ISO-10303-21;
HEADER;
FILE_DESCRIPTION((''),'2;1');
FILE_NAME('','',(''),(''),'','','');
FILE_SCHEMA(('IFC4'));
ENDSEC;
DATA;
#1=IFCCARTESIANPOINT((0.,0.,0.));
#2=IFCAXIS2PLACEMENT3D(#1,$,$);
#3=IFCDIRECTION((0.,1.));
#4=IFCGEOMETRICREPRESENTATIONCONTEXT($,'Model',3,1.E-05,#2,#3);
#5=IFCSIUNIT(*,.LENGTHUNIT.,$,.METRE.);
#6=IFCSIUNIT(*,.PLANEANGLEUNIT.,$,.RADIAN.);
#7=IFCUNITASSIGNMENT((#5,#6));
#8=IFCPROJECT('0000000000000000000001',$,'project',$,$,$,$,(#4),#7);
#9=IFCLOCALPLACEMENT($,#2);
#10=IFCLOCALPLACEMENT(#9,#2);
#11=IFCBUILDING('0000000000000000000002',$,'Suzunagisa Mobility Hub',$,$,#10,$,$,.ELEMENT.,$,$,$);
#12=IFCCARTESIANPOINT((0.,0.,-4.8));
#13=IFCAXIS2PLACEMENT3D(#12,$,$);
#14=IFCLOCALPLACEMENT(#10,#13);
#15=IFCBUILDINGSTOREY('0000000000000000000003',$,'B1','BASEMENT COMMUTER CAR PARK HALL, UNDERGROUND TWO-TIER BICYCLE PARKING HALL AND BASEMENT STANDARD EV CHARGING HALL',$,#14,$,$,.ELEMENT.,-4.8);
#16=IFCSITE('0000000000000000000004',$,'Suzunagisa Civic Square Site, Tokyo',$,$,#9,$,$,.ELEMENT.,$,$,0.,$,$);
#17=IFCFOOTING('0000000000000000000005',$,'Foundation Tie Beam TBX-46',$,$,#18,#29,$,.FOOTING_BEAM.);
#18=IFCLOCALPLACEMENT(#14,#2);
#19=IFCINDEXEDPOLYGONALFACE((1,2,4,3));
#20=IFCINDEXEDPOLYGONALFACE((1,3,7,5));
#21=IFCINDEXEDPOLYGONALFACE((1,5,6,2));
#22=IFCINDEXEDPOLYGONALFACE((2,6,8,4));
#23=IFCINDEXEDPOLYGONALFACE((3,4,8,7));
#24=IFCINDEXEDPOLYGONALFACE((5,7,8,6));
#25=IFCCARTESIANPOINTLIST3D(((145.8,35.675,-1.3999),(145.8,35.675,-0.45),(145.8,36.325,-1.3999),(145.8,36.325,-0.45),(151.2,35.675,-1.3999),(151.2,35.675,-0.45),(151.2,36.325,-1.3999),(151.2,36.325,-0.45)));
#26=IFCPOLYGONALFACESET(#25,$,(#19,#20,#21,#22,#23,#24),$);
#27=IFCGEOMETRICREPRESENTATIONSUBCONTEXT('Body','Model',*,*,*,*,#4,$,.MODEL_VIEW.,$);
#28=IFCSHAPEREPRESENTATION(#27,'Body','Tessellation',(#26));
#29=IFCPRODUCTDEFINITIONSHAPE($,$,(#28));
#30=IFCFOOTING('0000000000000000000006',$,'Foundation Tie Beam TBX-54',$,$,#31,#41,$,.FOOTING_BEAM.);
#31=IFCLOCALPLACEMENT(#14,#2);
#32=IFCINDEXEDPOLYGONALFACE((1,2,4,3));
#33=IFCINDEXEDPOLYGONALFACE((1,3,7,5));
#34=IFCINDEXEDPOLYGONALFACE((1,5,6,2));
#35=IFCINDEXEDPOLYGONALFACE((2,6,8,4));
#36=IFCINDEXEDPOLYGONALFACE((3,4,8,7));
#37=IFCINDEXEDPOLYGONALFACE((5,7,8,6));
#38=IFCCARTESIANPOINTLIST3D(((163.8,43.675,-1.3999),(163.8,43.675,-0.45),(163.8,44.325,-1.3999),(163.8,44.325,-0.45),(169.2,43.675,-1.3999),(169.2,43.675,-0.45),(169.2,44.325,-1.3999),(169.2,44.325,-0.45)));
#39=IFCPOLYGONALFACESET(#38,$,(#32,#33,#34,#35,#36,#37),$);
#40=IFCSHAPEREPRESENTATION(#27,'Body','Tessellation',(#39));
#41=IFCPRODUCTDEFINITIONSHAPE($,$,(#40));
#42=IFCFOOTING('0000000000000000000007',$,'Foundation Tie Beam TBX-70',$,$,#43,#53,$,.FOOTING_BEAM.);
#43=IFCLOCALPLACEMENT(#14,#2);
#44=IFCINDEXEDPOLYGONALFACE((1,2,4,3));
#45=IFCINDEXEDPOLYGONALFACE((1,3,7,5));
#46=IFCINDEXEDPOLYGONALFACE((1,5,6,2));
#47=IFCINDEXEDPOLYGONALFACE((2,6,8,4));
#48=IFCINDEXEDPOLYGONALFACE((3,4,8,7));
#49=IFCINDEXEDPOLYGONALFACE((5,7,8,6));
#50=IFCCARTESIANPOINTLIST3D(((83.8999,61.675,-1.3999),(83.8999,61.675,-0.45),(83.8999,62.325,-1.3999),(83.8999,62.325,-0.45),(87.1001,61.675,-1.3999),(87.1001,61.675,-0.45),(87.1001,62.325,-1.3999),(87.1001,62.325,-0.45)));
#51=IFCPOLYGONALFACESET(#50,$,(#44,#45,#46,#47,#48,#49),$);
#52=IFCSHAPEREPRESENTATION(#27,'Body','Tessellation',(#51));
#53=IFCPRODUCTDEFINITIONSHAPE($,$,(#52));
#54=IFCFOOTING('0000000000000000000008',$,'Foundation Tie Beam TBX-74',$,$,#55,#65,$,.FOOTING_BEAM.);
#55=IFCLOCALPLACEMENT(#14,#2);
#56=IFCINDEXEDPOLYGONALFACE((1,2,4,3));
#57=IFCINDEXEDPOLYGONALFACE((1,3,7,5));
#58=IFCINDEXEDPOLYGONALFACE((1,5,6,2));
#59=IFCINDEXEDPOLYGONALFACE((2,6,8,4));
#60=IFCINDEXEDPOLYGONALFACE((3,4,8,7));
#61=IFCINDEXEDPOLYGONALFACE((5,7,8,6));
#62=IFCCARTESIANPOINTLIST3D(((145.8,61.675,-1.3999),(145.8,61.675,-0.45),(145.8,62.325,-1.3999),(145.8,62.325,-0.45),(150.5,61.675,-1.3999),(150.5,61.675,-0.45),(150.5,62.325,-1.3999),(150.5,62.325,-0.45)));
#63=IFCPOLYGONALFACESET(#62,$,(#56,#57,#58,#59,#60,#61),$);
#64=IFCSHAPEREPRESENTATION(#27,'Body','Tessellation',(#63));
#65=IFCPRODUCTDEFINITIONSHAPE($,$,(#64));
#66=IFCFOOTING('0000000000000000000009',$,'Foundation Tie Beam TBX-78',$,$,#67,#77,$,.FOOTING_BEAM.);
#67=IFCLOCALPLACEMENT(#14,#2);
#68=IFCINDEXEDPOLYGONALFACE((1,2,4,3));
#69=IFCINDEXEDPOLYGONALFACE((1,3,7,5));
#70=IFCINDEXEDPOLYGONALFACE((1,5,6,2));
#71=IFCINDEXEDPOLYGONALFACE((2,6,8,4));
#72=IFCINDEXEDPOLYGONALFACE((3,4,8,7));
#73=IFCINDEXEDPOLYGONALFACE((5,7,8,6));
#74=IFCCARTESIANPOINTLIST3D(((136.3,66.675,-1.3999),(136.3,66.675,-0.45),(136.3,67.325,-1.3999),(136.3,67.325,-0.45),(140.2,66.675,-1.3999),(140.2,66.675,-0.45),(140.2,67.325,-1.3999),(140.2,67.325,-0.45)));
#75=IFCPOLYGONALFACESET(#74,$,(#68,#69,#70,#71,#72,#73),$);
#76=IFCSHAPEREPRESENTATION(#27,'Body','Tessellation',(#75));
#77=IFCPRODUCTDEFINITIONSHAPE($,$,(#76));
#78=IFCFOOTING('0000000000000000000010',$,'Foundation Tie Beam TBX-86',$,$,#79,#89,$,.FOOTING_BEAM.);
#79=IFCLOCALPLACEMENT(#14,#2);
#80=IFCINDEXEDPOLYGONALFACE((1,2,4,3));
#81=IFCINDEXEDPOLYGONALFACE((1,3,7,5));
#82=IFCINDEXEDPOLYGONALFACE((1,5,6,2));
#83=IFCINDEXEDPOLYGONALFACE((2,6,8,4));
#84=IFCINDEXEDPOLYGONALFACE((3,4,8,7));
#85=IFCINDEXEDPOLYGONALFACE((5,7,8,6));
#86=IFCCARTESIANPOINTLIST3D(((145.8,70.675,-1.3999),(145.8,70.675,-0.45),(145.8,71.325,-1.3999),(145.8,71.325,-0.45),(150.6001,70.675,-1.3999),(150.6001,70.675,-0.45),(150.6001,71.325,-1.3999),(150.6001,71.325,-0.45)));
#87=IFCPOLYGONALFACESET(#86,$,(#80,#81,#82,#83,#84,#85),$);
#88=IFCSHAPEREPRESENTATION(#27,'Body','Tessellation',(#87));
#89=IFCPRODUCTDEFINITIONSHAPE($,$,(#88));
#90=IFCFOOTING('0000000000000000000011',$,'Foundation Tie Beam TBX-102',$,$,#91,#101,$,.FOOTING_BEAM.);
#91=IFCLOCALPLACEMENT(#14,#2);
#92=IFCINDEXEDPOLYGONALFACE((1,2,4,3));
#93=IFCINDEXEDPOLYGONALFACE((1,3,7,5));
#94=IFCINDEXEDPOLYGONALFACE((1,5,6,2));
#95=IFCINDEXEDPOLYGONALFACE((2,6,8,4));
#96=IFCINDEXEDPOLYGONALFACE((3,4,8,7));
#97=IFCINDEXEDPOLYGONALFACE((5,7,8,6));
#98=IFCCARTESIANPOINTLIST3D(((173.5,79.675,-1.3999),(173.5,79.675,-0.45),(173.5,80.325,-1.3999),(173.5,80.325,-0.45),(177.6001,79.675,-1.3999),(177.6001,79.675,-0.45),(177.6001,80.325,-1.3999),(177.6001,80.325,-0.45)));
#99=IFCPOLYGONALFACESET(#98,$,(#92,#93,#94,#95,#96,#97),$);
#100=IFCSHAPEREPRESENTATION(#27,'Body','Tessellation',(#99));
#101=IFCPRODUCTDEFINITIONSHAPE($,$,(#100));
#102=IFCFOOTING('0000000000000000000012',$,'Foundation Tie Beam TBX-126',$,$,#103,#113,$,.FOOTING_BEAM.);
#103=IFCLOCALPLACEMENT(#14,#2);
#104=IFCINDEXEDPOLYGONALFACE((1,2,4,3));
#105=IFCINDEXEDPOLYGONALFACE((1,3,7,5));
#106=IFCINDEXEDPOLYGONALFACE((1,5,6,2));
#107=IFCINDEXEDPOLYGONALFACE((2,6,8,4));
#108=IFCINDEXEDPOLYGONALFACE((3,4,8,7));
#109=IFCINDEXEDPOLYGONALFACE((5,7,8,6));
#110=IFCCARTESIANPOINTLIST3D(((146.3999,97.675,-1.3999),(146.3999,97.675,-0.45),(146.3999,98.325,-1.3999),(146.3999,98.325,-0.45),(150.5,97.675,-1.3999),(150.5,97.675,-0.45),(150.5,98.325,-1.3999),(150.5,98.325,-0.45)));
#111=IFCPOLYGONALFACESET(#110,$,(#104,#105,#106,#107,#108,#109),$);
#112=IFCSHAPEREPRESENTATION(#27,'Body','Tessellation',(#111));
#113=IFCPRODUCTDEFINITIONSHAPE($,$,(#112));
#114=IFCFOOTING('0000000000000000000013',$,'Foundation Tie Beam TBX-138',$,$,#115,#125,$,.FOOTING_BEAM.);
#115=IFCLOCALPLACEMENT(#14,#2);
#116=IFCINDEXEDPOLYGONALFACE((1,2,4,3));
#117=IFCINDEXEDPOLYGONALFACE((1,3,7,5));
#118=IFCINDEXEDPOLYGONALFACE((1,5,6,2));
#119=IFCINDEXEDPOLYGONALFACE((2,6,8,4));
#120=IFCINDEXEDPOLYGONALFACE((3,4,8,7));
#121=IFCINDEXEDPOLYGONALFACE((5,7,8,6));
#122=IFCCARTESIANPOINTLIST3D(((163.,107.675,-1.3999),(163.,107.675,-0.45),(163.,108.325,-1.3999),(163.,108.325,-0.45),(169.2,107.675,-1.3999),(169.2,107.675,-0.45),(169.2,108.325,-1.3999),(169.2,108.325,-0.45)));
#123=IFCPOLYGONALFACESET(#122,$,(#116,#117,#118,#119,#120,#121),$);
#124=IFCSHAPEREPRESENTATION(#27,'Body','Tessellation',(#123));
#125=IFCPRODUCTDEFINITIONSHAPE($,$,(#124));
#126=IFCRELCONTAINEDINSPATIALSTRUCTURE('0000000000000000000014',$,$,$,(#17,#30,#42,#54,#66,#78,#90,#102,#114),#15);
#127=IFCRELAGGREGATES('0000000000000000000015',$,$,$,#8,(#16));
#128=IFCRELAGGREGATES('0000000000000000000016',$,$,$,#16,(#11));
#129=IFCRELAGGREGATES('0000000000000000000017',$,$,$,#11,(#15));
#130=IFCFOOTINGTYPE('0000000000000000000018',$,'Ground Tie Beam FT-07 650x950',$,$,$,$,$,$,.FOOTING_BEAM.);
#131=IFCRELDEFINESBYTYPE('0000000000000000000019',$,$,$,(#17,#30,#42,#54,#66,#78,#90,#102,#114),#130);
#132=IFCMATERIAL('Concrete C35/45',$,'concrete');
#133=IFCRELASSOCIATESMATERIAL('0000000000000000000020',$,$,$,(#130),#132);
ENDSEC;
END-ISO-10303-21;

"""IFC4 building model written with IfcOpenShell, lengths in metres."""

from ifc_helpers import new_model, si_unit, direction, frame, origin, place, context, subcontext, project, spatial, polyline, outline, extrude, material, type_object, element, save


model = new_model("IFC4")

# Units and contexts
model_context = context("Model", 3, precision=1e-05, world=origin(), true_north=direction((0.0, 1.0)))
body_context = subcontext(model_context, "Body", "Model", "MODEL_VIEW")
ifc_project = project(units=[si_unit("LENGTHUNIT", "METRE"), si_unit("PLANEANGLEUNIT", "RADIAN")], contexts=[model_context])

# Site, building, storey
site_placement = place(None, origin())
site = spatial("IfcSite", under=ifc_project, at=site_placement, Name="Suzunagisa Civic Square Site, Tokyo", CompositionType="ELEMENT", RefElevation=0.0)
building_placement = place(site_placement, origin())
building = spatial("IfcBuilding", under=site, at=building_placement, Name="Suzunagisa Mobility Hub", CompositionType="ELEMENT")
storey_placement = place(building_placement, frame((0.0, 0.0, -4.8)))
storey = spatial("IfcBuildingStorey", under=building, at=storey_placement, Name="B1", Description="BASEMENT COMMUTER CAR PARK HALL, UNDERGROUND TWO-TIER BICYCLE PARKING HALL AND BASEMENT STANDARD EV CHARGING HALL", CompositionType="ELEMENT", Elevation=-4.8)

# Footings
ifc_material = material(Name="Concrete C35/45", Category="concrete")
footing_type_1 = type_object("IfcFootingType", Name="Ground Tie Beam FT-07 650x950", PredefinedType="FOOTING_BEAM", material=ifc_material)
footing_1_placement = place(storey_placement, frame((0.0, 0.0, -1.3999)))
element("IfcFooting", 1, at=footing_1_placement, inside=storey, type_object=footing_type_1, Name="Foundation Tie Beam TBX-46", PredefinedType="FOOTING_BEAM", context=body_context, shape_type="SweptSolid", body=[
    extrude(outline(polyline([(145.8, 35.675), (151.2, 35.675), (151.2, 36.325), (145.8, 36.325), (145.8, 35.675)])), origin(), (0.0, 0.0, 1.0), 0.95),
])
footing_2_placement = place(storey_placement, frame((0.0, 0.0, -1.3999)))
element("IfcFooting", 2, at=footing_2_placement, inside=storey, type_object=footing_type_1, Name="Foundation Tie Beam TBX-54", PredefinedType="FOOTING_BEAM", context=body_context, shape_type="SweptSolid", body=[
    extrude(outline(polyline([(163.8, 43.675), (169.2, 43.675), (169.2, 44.325), (163.8, 44.325), (163.8, 43.675)])), origin(), (0.0, 0.0, 1.0), 0.95),
])
footing_3_placement = place(storey_placement, frame((0.0, 0.0, -1.3999)))
element("IfcFooting", 3, at=footing_3_placement, inside=storey, type_object=footing_type_1, Name="Foundation Tie Beam TBX-70", PredefinedType="FOOTING_BEAM", context=body_context, shape_type="SweptSolid", body=[
    extrude(outline(polyline([(83.8999, 61.675), (87.1001, 61.675), (87.1001, 62.325), (83.8999, 62.325), (83.8999, 61.675)])), origin(), (0.0, 0.0, 1.0), 0.95),
])
footing_4_placement = place(storey_placement, frame((0.0, 0.0, -1.3999)))
element("IfcFooting", 4, at=footing_4_placement, inside=storey, type_object=footing_type_1, Name="Foundation Tie Beam TBX-74", PredefinedType="FOOTING_BEAM", context=body_context, shape_type="SweptSolid", body=[
    extrude(outline(polyline([(145.8, 61.675), (150.5, 61.675), (150.5, 62.325), (145.8, 62.325), (145.8, 61.675)])), origin(), (0.0, 0.0, 1.0), 0.95),
])
footing_5_placement = place(storey_placement, frame((0.0, 0.0, -1.3999)))
element("IfcFooting", 5, at=footing_5_placement, inside=storey, type_object=footing_type_1, Name="Foundation Tie Beam TBX-78", PredefinedType="FOOTING_BEAM", context=body_context, shape_type="SweptSolid", body=[
    extrude(outline(polyline([(136.3, 66.675), (140.2, 66.675), (140.2, 67.325), (136.3, 67.325), (136.3, 66.675)])), origin(), (0.0, 0.0, 1.0), 0.95),
])
footing_6_placement = place(storey_placement, frame((0.0, 0.0, -1.3999)))
element("IfcFooting", 6, at=footing_6_placement, inside=storey, type_object=footing_type_1, Name="Foundation Tie Beam TBX-86", PredefinedType="FOOTING_BEAM", context=body_context, shape_type="SweptSolid", body=[
    extrude(outline(polyline([(145.8, 70.675), (150.6001, 70.675), (150.6001, 71.325), (145.8, 71.325), (145.8, 70.675)])), origin(), (0.0, 0.0, 1.0), 0.95),
])
footing_7_placement = place(storey_placement, frame((0.0, 0.0, -1.3999)))
element("IfcFooting", 7, at=footing_7_placement, inside=storey, type_object=footing_type_1, Name="Foundation Tie Beam TBX-102", PredefinedType="FOOTING_BEAM", context=body_context, shape_type="SweptSolid", body=[
    extrude(outline(polyline([(173.5, 79.675), (177.6001, 79.675), (177.6001, 80.325), (173.5, 80.325), (173.5, 79.675)])), origin(), (0.0, 0.0, 1.0), 0.95),
])
footing_8_placement = place(storey_placement, frame((0.0, 0.0, -1.3999)))
element("IfcFooting", 8, at=footing_8_placement, inside=storey, type_object=footing_type_1, Name="Foundation Tie Beam TBX-126", PredefinedType="FOOTING_BEAM", context=body_context, shape_type="SweptSolid", body=[
    extrude(outline(polyline([(146.3999, 97.675), (150.5, 97.675), (150.5, 98.325), (146.3999, 98.325), (146.3999, 97.675)])), origin(), (0.0, 0.0, 1.0), 0.95),
])
footing_9_placement = place(storey_placement, frame((0.0, 0.0, -1.3999)))
element("IfcFooting", 9, at=footing_9_placement, inside=storey, type_object=footing_type_1, Name="Foundation Tie Beam TBX-138", PredefinedType="FOOTING_BEAM", context=body_context, shape_type="SweptSolid", body=[
    extrude(outline(polyline([(163.0, 107.675), (169.2, 107.675), (169.2, 108.325), (163.0, 108.325), (163.0, 107.675)])), origin(), (0.0, 0.0, 1.0), 0.95),
])

save(model, "model.ifc")
